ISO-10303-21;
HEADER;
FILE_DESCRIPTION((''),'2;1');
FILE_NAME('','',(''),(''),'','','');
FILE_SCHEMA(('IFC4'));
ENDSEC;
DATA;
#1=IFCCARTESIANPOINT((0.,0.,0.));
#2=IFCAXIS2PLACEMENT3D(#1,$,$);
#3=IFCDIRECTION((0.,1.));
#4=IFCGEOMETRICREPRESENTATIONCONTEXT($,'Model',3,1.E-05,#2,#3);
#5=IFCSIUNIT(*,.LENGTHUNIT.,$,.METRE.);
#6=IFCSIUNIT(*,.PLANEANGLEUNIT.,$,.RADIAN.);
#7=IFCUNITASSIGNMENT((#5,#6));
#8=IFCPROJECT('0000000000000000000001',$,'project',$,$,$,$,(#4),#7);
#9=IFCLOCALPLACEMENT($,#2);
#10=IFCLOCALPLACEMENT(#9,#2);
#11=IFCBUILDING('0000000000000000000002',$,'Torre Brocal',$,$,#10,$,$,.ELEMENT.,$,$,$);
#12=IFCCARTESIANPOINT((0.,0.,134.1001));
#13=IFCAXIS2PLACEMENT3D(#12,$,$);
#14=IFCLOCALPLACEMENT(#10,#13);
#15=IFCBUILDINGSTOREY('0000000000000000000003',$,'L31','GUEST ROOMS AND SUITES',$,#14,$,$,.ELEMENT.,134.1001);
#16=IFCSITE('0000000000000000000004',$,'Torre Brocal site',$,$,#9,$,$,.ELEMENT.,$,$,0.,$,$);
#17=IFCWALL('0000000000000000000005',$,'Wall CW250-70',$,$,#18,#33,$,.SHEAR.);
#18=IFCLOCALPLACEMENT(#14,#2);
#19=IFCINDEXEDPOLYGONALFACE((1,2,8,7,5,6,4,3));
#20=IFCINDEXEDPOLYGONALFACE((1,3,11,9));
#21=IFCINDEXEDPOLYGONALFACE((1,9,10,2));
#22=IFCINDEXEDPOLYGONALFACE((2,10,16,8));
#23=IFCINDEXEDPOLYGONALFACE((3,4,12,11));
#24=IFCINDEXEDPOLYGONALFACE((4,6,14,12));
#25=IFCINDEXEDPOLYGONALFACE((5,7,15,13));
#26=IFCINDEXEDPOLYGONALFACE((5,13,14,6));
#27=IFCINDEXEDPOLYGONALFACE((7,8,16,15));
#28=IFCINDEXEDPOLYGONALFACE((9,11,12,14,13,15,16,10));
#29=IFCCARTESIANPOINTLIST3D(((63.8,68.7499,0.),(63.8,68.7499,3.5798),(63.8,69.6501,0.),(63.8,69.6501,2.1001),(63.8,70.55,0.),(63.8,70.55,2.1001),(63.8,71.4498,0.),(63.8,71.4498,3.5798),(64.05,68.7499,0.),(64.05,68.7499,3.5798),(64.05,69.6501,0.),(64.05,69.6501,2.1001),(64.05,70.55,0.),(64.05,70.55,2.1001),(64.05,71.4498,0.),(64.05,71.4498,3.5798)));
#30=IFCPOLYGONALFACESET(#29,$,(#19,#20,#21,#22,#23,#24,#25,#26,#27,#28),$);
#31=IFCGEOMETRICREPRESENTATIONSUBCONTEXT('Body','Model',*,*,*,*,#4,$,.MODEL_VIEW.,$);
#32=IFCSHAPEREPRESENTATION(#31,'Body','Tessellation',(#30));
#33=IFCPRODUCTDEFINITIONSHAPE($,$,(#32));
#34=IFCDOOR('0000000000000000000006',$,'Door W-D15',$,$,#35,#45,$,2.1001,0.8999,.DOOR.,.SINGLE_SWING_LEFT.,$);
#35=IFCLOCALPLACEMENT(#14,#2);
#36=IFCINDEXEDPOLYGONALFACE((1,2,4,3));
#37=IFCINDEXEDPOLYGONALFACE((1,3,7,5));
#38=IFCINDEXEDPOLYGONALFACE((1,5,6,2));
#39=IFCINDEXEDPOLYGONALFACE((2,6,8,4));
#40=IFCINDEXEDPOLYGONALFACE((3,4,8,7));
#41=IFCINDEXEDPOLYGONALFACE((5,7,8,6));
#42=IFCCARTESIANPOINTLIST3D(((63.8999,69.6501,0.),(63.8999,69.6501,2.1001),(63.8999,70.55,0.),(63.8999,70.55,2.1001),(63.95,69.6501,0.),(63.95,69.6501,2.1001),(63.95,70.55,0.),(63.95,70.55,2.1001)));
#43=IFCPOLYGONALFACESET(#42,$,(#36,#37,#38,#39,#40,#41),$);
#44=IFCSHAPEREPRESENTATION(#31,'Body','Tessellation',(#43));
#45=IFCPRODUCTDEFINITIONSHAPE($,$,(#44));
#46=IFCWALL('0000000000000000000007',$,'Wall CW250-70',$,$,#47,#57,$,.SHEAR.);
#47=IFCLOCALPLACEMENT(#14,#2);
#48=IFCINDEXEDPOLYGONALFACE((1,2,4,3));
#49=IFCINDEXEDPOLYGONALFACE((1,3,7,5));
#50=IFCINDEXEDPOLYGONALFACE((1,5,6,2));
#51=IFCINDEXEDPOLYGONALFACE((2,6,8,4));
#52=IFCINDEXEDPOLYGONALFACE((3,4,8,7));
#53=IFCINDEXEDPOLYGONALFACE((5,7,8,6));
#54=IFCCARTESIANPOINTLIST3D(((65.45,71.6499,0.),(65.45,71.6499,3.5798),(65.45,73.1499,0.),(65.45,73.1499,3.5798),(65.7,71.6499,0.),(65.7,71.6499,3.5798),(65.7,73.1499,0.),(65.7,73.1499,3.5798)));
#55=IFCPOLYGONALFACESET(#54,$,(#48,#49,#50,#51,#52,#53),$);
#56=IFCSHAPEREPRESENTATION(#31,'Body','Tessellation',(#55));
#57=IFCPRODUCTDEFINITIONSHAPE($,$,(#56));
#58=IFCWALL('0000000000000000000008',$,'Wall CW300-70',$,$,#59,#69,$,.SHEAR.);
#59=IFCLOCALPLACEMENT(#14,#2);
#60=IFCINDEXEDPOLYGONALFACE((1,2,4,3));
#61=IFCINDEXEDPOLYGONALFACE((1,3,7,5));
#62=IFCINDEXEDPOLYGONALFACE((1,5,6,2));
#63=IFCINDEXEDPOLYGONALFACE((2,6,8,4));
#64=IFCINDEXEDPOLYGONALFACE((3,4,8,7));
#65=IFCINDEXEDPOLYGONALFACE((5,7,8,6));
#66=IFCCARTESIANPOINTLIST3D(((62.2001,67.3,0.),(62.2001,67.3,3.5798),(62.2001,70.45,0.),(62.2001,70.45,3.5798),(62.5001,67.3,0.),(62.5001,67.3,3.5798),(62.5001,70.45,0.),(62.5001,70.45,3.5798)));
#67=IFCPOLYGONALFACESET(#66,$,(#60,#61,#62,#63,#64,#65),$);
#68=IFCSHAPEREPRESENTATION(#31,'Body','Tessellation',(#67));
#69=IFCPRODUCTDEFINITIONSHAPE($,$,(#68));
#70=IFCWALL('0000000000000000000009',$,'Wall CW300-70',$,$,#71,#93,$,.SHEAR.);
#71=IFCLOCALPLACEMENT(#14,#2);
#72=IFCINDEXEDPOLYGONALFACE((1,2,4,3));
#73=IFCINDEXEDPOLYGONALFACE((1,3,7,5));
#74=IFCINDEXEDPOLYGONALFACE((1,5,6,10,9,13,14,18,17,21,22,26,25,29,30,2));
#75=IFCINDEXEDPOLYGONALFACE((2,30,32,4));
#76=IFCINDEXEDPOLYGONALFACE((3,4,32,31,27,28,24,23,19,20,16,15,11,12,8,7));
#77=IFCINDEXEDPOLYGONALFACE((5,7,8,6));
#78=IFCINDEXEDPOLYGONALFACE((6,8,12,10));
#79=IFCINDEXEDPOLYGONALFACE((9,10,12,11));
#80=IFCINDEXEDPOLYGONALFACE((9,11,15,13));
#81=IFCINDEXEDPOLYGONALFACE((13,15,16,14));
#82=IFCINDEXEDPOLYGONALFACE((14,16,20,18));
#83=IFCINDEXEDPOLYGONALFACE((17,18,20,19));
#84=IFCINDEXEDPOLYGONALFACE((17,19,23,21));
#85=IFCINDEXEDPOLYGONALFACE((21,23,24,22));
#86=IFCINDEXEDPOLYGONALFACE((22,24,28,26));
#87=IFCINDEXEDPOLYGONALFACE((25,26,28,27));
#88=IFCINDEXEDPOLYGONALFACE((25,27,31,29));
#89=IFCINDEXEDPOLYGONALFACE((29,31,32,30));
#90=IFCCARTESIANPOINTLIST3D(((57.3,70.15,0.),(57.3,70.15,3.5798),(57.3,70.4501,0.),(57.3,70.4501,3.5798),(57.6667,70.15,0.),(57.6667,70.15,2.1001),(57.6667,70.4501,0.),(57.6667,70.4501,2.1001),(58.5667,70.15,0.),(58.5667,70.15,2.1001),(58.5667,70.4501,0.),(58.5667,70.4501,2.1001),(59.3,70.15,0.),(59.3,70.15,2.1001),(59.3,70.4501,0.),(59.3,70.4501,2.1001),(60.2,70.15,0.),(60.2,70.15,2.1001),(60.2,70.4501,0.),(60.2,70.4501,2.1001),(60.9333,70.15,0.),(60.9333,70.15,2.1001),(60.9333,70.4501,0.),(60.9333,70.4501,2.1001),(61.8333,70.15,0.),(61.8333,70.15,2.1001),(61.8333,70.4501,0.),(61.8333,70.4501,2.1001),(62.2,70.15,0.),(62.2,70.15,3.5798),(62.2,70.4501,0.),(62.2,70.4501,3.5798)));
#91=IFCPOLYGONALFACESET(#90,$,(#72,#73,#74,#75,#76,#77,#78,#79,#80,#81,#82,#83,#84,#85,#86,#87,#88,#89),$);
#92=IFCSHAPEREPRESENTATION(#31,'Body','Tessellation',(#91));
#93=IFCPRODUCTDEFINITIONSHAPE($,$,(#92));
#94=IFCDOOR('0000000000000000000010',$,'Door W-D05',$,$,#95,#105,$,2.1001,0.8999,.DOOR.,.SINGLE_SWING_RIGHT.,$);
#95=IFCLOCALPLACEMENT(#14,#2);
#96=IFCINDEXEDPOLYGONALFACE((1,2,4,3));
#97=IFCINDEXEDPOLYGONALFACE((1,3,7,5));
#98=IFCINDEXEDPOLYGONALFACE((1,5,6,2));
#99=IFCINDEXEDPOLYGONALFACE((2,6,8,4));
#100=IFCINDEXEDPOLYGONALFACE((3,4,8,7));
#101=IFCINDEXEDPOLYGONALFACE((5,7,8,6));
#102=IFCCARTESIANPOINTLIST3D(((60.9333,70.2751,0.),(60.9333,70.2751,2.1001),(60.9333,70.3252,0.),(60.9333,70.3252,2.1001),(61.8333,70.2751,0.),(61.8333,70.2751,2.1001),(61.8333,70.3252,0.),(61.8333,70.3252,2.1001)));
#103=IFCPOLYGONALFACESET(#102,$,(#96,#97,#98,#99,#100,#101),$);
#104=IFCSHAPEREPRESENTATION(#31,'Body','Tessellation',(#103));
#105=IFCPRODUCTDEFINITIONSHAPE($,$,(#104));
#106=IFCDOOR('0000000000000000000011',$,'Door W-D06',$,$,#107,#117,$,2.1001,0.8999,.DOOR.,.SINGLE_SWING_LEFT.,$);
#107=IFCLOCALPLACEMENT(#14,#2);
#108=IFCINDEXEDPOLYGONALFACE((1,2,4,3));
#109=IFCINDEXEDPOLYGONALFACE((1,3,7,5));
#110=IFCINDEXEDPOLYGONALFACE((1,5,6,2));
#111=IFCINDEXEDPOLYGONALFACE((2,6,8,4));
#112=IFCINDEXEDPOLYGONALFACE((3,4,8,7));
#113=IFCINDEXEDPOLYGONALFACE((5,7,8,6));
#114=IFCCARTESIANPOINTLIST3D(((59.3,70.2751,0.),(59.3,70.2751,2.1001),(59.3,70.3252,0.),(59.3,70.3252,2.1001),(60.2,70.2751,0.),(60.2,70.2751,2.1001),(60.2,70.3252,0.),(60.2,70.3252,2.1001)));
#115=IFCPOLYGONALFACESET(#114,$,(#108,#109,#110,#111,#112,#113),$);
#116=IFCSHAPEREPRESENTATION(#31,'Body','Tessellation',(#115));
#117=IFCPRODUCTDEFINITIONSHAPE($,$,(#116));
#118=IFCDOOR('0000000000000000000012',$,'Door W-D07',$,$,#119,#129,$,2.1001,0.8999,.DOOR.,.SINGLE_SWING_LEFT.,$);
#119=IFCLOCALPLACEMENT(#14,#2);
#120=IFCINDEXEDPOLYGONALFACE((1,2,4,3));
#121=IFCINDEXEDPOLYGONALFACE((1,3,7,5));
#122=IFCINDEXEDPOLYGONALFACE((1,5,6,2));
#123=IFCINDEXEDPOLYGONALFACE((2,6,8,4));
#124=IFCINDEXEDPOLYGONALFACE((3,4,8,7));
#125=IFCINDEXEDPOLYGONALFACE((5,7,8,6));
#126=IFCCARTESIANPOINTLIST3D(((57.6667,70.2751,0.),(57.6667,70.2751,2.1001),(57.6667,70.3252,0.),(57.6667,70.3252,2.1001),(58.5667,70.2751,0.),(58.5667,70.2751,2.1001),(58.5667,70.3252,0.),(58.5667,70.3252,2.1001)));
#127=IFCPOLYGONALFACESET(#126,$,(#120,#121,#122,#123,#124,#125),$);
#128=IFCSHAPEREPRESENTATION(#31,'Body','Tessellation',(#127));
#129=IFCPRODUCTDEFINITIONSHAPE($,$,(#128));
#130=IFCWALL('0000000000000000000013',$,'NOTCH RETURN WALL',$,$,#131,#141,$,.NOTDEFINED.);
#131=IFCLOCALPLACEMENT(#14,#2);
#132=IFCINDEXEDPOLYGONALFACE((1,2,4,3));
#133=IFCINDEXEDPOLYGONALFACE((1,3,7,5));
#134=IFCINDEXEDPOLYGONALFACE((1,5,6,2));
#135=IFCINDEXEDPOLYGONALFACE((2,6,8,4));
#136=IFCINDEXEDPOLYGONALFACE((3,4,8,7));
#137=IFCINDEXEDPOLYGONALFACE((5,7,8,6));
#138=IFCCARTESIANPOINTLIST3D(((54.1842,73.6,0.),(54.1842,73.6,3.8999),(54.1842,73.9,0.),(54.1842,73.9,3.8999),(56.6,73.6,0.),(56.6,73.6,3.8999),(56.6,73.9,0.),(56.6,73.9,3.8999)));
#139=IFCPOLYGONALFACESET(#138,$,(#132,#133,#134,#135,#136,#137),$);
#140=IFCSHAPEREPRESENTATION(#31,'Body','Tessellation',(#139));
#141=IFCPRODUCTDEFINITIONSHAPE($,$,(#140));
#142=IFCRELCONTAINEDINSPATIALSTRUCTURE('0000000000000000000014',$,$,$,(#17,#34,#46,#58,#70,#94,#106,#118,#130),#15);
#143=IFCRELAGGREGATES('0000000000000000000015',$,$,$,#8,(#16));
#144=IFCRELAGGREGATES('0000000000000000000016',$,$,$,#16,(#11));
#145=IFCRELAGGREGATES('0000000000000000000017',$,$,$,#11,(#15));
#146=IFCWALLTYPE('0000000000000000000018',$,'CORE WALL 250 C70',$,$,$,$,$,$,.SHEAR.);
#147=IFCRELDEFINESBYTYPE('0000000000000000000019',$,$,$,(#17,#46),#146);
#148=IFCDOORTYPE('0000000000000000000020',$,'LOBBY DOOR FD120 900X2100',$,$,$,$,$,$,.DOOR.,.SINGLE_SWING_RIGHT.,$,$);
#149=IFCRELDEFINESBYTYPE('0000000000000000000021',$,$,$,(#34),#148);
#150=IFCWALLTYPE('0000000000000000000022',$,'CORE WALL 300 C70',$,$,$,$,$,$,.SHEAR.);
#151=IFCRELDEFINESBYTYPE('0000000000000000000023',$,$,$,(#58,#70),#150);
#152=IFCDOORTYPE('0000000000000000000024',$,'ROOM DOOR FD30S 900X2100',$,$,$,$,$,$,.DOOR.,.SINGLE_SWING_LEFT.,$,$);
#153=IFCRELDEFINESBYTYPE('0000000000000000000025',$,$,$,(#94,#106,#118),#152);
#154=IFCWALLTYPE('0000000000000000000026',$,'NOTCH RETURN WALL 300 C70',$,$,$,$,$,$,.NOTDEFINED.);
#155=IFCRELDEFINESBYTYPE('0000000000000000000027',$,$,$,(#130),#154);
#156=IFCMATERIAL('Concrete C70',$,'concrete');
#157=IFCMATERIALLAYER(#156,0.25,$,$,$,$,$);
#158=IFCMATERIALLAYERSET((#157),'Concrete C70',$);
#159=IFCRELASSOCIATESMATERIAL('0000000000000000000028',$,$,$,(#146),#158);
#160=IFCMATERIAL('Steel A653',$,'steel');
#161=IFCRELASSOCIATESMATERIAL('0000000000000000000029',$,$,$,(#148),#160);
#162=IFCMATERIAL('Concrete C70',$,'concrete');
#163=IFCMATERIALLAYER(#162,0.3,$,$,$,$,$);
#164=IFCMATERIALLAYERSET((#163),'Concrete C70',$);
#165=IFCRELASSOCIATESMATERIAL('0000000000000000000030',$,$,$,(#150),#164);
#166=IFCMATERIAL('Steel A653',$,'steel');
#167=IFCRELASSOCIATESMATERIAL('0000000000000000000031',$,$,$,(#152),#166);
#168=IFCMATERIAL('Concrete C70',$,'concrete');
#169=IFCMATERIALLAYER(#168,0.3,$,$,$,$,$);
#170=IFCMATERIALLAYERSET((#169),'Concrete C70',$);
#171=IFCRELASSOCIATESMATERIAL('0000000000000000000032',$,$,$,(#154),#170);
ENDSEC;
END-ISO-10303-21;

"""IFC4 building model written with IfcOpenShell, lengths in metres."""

from ifc_helpers import new_model, si_unit, direction, frame, frame_2d, origin, place, context, subcontext, project, spatial, rectangle, extrude, material, layer, layer_set, type_object, element, fill, save


model = new_model("IFC4")

# Units and contexts
model_context = context("Model", 3, precision=1e-05, world=origin(), true_north=direction((0.0, 1.0)))
body_context = subcontext(model_context, "Body", "Model", "MODEL_VIEW")
ifc_project = project(units=[si_unit("LENGTHUNIT", "METRE"), si_unit("PLANEANGLEUNIT", "RADIAN")], contexts=[model_context])

# Site, building, storey
site_placement = place(None, origin())
site = spatial("IfcSite", under=ifc_project, at=site_placement, Name="Torre Brocal site", CompositionType="ELEMENT", RefElevation=0.0)
building_placement = place(site_placement, origin())
building = spatial("IfcBuilding", under=site, at=building_placement, Name="Torre Brocal", CompositionType="ELEMENT")
storey_placement = place(building_placement, frame((0.0, 0.0, 134.1001)))
storey = spatial("IfcBuildingStorey", under=building, at=storey_placement, Name="L31", Description="GUEST ROOMS AND SUITES", CompositionType="ELEMENT", Elevation=134.1001)

# Wall, opening, door
ifc_material_1 = material(Name="Concrete C70", Category="concrete")
ifc_layer_1 = layer(ifc_material_1, 0.25)
ifc_layer_set_1 = layer_set([ifc_layer_1], Name="Concrete C70")
wall_type_1 = type_object("IfcWallType", Name="CORE WALL 250 C70", PredefinedType="SHEAR", material=ifc_layer_set_1)
wall_1_placement = place(storey_placement, frame((63.925, 71.45, 0.0), z_axis=(0.0, 0.0, 1.0), x_axis=(0.0, -1.0, 0.0)))
wall_1 = element("IfcWall", 1, at=wall_1_placement, inside=storey, type_object=wall_type_1, Name="Wall CW250-70", PredefinedType="SHEAR", context=body_context, shape_type="SweptSolid", body=[
    extrude(rectangle(XDim=2.7, YDim=0.25, at=frame_2d((1.3501, 0.0))), origin(), (0.0, 0.0, 1.0), 3.5798),
])
opening_1_placement = place(wall_1_placement, frame((0.8999, 0.0, 0.0)))
opening_1 = element("IfcOpeningElement", 2, at=opening_1_placement, cuts=wall_1, PredefinedType="OPENING", context=body_context, shape_type="SweptSolid", body=[
    extrude(rectangle(XDim=0.8999, YDim=2.1001, at=frame_2d((0.45, 1.05))), frame((0.0, 0.135, 0.0), z_axis=(0.0, -1.0, 0.0), x_axis=(1.0, 0.0, 0.0)), (0.0, 0.0, 1.0), 0.27),
])
ifc_material_2 = material(Name="Steel A653", Category="steel")
door_type_1 = type_object("IfcDoorType", Name="LOBBY DOOR FD120 900X2100", OperationType="SINGLE_SWING_RIGHT", PredefinedType="DOOR", material=ifc_material_2)
door_1_placement = place(opening_1_placement, origin())
door_1 = element("IfcDoor", 3, at=door_1_placement, inside=storey, type_object=door_type_1, Name="Door W-D15", OperationType="SINGLE_SWING_LEFT", OverallHeight=2.1001, OverallWidth=0.8999, PredefinedType="DOOR", context=body_context, shape_type="SweptSolid", body=[
    extrude(rectangle(XDim=0.8999, YDim=2.1001, at=frame_2d((0.45, 1.05))), frame((0.0, 0.0249, 0.0), z_axis=(0.0, -1.0, 0.0), x_axis=(1.0, 0.0, 0.0)), (0.0, 0.0, 1.0), 0.05),
])
fill(opening_1, door_1)

# Walls
wall_2_placement = place(storey_placement, frame((65.575, 73.1499, 0.0), z_axis=(0.0, 0.0, 1.0), x_axis=(0.0, -1.0, 0.0)))
element("IfcWall", 4, at=wall_2_placement, inside=storey, type_object=wall_type_1, Name="Wall CW250-70", PredefinedType="SHEAR", context=body_context, shape_type="SweptSolid", body=[
    extrude(rectangle(XDim=1.5, YDim=0.25, at=frame_2d((0.75, 0.0))), origin(), (0.0, 0.0, 1.0), 3.5798),
])
ifc_material_3 = material(Name="Concrete C70", Category="concrete")
ifc_layer_2 = layer(ifc_material_3, 0.3)
ifc_layer_set_2 = layer_set([ifc_layer_2], Name="Concrete C70")
wall_type_2 = type_object("IfcWallType", Name="CORE WALL 300 C70", PredefinedType="SHEAR", material=ifc_layer_set_2)
wall_3_placement = place(storey_placement, frame((62.3501, 70.45, 0.0), z_axis=(0.0, 0.0, 1.0), x_axis=(0.0, -1.0, 0.0)))
element("IfcWall", 5, at=wall_3_placement, inside=storey, type_object=wall_type_2, Name="Wall CW300-70", PredefinedType="SHEAR", context=body_context, shape_type="SweptSolid", body=[
    extrude(rectangle(XDim=3.1499, YDim=0.3, at=frame_2d((1.575, 0.0))), origin(), (0.0, 0.0, 1.0), 3.5798),
])

# Wall, openings, doors
wall_4_placement = place(storey_placement, frame((62.2, 70.3, 0.0), z_axis=(0.0, 0.0, 1.0), x_axis=(-1.0, 0.0, 0.0)))
wall_4 = element("IfcWall", 6, at=wall_4_placement, inside=storey, type_object=wall_type_2, Name="Wall CW300-70", PredefinedType="SHEAR", context=body_context, shape_type="SweptSolid", body=[
    extrude(rectangle(XDim=4.8999, YDim=0.3, at=frame_2d((2.45, 0.0))), origin(), (0.0, 0.0, 1.0), 3.5798),
])
opening_2_placement = place(wall_4_placement, frame((0.3667, 0.0, 0.0)))
opening_2 = element("IfcOpeningElement", 7, at=opening_2_placement, cuts=wall_4, PredefinedType="OPENING", context=body_context, shape_type="SweptSolid", body=[
    extrude(rectangle(XDim=0.8999, YDim=2.1001, at=frame_2d((0.45, 1.05))), frame((0.0, 0.1599, 0.0), z_axis=(0.0, -1.0, 0.0), x_axis=(1.0, 0.0, 0.0)), (0.0, 0.0, 1.0), 0.3201),
])
opening_3_placement = place(wall_4_placement, frame((2.0, 0.0, 0.0)))
opening_3 = element("IfcOpeningElement", 8, at=opening_3_placement, cuts=wall_4, PredefinedType="OPENING", context=body_context, shape_type="SweptSolid", body=[
    extrude(rectangle(XDim=0.8999, YDim=2.1001, at=frame_2d((0.45, 1.05))), frame((0.0, 0.1599, 0.0), z_axis=(0.0, -1.0, 0.0), x_axis=(1.0, 0.0, 0.0)), (0.0, 0.0, 1.0), 0.3201),
])
opening_4_placement = place(wall_4_placement, frame((3.6333, 0.0, 0.0)))
opening_4 = element("IfcOpeningElement", 9, at=opening_4_placement, cuts=wall_4, PredefinedType="OPENING", context=body_context, shape_type="SweptSolid", body=[
    extrude(rectangle(XDim=0.8999, YDim=2.1001, at=frame_2d((0.45, 1.05))), frame((0.0, 0.1599, 0.0), z_axis=(0.0, -1.0, 0.0), x_axis=(1.0, 0.0, 0.0)), (0.0, 0.0, 1.0), 0.3201),
])
ifc_material_4 = material(Name="Steel A653", Category="steel")
door_type_2 = type_object("IfcDoorType", Name="ROOM DOOR FD30S 900X2100", OperationType="SINGLE_SWING_LEFT", PredefinedType="DOOR", material=ifc_material_4)
door_2_placement = place(opening_2_placement, origin())
door_2 = element("IfcDoor", 10, at=door_2_placement, inside=storey, type_object=door_type_2, Name="Door W-D05", OperationType="SINGLE_SWING_RIGHT", OverallHeight=2.1001, OverallWidth=0.8999, PredefinedType="DOOR", context=body_context, shape_type="SweptSolid", body=[
    extrude(rectangle(XDim=0.8999, YDim=2.1001, at=frame_2d((0.45, 1.05))), frame((0.0, 0.0249, 0.0), z_axis=(0.0, -1.0, 0.0), x_axis=(1.0, 0.0, 0.0)), (0.0, 0.0, 1.0), 0.05),
])
fill(opening_2, door_2)
door_3_placement = place(opening_3_placement, origin())
door_3 = element("IfcDoor", 11, at=door_3_placement, inside=storey, type_object=door_type_2, Name="Door W-D06", OperationType="SINGLE_SWING_LEFT", OverallHeight=2.1001, OverallWidth=0.8999, PredefinedType="DOOR", context=body_context, shape_type="SweptSolid", body=[
    extrude(rectangle(XDim=0.8999, YDim=2.1001, at=frame_2d((0.45, 1.05))), frame((0.0, 0.0249, 0.0), z_axis=(0.0, -1.0, 0.0), x_axis=(1.0, 0.0, 0.0)), (0.0, 0.0, 1.0), 0.05),
])
fill(opening_3, door_3)
door_4_placement = place(opening_4_placement, origin())
door_4 = element("IfcDoor", 12, at=door_4_placement, inside=storey, type_object=door_type_2, Name="Door W-D07", OperationType="SINGLE_SWING_LEFT", OverallHeight=2.1001, OverallWidth=0.8999, PredefinedType="DOOR", context=body_context, shape_type="SweptSolid", body=[
    extrude(rectangle(XDim=0.8999, YDim=2.1001, at=frame_2d((0.45, 1.05))), frame((0.0, 0.0249, 0.0), z_axis=(0.0, -1.0, 0.0), x_axis=(1.0, 0.0, 0.0)), (0.0, 0.0, 1.0), 0.05),
])
fill(opening_4, door_4)

# Wall
ifc_material_5 = material(Name="Concrete C70", Category="concrete")
ifc_layer_3 = layer(ifc_material_5, 0.3)
ifc_layer_set_3 = layer_set([ifc_layer_3], Name="Concrete C70")
wall_type_3 = type_object("IfcWallType", Name="NOTCH RETURN WALL 300 C70", PredefinedType="NOTDEFINED", material=ifc_layer_set_3)
wall_5_placement = place(storey_placement, frame((56.6001, 73.75, 0.0), z_axis=(0.0, 0.0, 1.0), x_axis=(-1.0, 0.0, 0.0)))
element("IfcWall", 13, at=wall_5_placement, inside=storey, type_object=wall_type_3, Name="NOTCH RETURN WALL", PredefinedType="NOTDEFINED", context=body_context, shape_type="SweptSolid", body=[
    extrude(rectangle(XDim=2.4158, YDim=0.3, at=frame_2d((1.208, 0.0))), origin(), (0.0, 0.0, 1.0), 3.8999),
])

save(model, "model.ifc")
